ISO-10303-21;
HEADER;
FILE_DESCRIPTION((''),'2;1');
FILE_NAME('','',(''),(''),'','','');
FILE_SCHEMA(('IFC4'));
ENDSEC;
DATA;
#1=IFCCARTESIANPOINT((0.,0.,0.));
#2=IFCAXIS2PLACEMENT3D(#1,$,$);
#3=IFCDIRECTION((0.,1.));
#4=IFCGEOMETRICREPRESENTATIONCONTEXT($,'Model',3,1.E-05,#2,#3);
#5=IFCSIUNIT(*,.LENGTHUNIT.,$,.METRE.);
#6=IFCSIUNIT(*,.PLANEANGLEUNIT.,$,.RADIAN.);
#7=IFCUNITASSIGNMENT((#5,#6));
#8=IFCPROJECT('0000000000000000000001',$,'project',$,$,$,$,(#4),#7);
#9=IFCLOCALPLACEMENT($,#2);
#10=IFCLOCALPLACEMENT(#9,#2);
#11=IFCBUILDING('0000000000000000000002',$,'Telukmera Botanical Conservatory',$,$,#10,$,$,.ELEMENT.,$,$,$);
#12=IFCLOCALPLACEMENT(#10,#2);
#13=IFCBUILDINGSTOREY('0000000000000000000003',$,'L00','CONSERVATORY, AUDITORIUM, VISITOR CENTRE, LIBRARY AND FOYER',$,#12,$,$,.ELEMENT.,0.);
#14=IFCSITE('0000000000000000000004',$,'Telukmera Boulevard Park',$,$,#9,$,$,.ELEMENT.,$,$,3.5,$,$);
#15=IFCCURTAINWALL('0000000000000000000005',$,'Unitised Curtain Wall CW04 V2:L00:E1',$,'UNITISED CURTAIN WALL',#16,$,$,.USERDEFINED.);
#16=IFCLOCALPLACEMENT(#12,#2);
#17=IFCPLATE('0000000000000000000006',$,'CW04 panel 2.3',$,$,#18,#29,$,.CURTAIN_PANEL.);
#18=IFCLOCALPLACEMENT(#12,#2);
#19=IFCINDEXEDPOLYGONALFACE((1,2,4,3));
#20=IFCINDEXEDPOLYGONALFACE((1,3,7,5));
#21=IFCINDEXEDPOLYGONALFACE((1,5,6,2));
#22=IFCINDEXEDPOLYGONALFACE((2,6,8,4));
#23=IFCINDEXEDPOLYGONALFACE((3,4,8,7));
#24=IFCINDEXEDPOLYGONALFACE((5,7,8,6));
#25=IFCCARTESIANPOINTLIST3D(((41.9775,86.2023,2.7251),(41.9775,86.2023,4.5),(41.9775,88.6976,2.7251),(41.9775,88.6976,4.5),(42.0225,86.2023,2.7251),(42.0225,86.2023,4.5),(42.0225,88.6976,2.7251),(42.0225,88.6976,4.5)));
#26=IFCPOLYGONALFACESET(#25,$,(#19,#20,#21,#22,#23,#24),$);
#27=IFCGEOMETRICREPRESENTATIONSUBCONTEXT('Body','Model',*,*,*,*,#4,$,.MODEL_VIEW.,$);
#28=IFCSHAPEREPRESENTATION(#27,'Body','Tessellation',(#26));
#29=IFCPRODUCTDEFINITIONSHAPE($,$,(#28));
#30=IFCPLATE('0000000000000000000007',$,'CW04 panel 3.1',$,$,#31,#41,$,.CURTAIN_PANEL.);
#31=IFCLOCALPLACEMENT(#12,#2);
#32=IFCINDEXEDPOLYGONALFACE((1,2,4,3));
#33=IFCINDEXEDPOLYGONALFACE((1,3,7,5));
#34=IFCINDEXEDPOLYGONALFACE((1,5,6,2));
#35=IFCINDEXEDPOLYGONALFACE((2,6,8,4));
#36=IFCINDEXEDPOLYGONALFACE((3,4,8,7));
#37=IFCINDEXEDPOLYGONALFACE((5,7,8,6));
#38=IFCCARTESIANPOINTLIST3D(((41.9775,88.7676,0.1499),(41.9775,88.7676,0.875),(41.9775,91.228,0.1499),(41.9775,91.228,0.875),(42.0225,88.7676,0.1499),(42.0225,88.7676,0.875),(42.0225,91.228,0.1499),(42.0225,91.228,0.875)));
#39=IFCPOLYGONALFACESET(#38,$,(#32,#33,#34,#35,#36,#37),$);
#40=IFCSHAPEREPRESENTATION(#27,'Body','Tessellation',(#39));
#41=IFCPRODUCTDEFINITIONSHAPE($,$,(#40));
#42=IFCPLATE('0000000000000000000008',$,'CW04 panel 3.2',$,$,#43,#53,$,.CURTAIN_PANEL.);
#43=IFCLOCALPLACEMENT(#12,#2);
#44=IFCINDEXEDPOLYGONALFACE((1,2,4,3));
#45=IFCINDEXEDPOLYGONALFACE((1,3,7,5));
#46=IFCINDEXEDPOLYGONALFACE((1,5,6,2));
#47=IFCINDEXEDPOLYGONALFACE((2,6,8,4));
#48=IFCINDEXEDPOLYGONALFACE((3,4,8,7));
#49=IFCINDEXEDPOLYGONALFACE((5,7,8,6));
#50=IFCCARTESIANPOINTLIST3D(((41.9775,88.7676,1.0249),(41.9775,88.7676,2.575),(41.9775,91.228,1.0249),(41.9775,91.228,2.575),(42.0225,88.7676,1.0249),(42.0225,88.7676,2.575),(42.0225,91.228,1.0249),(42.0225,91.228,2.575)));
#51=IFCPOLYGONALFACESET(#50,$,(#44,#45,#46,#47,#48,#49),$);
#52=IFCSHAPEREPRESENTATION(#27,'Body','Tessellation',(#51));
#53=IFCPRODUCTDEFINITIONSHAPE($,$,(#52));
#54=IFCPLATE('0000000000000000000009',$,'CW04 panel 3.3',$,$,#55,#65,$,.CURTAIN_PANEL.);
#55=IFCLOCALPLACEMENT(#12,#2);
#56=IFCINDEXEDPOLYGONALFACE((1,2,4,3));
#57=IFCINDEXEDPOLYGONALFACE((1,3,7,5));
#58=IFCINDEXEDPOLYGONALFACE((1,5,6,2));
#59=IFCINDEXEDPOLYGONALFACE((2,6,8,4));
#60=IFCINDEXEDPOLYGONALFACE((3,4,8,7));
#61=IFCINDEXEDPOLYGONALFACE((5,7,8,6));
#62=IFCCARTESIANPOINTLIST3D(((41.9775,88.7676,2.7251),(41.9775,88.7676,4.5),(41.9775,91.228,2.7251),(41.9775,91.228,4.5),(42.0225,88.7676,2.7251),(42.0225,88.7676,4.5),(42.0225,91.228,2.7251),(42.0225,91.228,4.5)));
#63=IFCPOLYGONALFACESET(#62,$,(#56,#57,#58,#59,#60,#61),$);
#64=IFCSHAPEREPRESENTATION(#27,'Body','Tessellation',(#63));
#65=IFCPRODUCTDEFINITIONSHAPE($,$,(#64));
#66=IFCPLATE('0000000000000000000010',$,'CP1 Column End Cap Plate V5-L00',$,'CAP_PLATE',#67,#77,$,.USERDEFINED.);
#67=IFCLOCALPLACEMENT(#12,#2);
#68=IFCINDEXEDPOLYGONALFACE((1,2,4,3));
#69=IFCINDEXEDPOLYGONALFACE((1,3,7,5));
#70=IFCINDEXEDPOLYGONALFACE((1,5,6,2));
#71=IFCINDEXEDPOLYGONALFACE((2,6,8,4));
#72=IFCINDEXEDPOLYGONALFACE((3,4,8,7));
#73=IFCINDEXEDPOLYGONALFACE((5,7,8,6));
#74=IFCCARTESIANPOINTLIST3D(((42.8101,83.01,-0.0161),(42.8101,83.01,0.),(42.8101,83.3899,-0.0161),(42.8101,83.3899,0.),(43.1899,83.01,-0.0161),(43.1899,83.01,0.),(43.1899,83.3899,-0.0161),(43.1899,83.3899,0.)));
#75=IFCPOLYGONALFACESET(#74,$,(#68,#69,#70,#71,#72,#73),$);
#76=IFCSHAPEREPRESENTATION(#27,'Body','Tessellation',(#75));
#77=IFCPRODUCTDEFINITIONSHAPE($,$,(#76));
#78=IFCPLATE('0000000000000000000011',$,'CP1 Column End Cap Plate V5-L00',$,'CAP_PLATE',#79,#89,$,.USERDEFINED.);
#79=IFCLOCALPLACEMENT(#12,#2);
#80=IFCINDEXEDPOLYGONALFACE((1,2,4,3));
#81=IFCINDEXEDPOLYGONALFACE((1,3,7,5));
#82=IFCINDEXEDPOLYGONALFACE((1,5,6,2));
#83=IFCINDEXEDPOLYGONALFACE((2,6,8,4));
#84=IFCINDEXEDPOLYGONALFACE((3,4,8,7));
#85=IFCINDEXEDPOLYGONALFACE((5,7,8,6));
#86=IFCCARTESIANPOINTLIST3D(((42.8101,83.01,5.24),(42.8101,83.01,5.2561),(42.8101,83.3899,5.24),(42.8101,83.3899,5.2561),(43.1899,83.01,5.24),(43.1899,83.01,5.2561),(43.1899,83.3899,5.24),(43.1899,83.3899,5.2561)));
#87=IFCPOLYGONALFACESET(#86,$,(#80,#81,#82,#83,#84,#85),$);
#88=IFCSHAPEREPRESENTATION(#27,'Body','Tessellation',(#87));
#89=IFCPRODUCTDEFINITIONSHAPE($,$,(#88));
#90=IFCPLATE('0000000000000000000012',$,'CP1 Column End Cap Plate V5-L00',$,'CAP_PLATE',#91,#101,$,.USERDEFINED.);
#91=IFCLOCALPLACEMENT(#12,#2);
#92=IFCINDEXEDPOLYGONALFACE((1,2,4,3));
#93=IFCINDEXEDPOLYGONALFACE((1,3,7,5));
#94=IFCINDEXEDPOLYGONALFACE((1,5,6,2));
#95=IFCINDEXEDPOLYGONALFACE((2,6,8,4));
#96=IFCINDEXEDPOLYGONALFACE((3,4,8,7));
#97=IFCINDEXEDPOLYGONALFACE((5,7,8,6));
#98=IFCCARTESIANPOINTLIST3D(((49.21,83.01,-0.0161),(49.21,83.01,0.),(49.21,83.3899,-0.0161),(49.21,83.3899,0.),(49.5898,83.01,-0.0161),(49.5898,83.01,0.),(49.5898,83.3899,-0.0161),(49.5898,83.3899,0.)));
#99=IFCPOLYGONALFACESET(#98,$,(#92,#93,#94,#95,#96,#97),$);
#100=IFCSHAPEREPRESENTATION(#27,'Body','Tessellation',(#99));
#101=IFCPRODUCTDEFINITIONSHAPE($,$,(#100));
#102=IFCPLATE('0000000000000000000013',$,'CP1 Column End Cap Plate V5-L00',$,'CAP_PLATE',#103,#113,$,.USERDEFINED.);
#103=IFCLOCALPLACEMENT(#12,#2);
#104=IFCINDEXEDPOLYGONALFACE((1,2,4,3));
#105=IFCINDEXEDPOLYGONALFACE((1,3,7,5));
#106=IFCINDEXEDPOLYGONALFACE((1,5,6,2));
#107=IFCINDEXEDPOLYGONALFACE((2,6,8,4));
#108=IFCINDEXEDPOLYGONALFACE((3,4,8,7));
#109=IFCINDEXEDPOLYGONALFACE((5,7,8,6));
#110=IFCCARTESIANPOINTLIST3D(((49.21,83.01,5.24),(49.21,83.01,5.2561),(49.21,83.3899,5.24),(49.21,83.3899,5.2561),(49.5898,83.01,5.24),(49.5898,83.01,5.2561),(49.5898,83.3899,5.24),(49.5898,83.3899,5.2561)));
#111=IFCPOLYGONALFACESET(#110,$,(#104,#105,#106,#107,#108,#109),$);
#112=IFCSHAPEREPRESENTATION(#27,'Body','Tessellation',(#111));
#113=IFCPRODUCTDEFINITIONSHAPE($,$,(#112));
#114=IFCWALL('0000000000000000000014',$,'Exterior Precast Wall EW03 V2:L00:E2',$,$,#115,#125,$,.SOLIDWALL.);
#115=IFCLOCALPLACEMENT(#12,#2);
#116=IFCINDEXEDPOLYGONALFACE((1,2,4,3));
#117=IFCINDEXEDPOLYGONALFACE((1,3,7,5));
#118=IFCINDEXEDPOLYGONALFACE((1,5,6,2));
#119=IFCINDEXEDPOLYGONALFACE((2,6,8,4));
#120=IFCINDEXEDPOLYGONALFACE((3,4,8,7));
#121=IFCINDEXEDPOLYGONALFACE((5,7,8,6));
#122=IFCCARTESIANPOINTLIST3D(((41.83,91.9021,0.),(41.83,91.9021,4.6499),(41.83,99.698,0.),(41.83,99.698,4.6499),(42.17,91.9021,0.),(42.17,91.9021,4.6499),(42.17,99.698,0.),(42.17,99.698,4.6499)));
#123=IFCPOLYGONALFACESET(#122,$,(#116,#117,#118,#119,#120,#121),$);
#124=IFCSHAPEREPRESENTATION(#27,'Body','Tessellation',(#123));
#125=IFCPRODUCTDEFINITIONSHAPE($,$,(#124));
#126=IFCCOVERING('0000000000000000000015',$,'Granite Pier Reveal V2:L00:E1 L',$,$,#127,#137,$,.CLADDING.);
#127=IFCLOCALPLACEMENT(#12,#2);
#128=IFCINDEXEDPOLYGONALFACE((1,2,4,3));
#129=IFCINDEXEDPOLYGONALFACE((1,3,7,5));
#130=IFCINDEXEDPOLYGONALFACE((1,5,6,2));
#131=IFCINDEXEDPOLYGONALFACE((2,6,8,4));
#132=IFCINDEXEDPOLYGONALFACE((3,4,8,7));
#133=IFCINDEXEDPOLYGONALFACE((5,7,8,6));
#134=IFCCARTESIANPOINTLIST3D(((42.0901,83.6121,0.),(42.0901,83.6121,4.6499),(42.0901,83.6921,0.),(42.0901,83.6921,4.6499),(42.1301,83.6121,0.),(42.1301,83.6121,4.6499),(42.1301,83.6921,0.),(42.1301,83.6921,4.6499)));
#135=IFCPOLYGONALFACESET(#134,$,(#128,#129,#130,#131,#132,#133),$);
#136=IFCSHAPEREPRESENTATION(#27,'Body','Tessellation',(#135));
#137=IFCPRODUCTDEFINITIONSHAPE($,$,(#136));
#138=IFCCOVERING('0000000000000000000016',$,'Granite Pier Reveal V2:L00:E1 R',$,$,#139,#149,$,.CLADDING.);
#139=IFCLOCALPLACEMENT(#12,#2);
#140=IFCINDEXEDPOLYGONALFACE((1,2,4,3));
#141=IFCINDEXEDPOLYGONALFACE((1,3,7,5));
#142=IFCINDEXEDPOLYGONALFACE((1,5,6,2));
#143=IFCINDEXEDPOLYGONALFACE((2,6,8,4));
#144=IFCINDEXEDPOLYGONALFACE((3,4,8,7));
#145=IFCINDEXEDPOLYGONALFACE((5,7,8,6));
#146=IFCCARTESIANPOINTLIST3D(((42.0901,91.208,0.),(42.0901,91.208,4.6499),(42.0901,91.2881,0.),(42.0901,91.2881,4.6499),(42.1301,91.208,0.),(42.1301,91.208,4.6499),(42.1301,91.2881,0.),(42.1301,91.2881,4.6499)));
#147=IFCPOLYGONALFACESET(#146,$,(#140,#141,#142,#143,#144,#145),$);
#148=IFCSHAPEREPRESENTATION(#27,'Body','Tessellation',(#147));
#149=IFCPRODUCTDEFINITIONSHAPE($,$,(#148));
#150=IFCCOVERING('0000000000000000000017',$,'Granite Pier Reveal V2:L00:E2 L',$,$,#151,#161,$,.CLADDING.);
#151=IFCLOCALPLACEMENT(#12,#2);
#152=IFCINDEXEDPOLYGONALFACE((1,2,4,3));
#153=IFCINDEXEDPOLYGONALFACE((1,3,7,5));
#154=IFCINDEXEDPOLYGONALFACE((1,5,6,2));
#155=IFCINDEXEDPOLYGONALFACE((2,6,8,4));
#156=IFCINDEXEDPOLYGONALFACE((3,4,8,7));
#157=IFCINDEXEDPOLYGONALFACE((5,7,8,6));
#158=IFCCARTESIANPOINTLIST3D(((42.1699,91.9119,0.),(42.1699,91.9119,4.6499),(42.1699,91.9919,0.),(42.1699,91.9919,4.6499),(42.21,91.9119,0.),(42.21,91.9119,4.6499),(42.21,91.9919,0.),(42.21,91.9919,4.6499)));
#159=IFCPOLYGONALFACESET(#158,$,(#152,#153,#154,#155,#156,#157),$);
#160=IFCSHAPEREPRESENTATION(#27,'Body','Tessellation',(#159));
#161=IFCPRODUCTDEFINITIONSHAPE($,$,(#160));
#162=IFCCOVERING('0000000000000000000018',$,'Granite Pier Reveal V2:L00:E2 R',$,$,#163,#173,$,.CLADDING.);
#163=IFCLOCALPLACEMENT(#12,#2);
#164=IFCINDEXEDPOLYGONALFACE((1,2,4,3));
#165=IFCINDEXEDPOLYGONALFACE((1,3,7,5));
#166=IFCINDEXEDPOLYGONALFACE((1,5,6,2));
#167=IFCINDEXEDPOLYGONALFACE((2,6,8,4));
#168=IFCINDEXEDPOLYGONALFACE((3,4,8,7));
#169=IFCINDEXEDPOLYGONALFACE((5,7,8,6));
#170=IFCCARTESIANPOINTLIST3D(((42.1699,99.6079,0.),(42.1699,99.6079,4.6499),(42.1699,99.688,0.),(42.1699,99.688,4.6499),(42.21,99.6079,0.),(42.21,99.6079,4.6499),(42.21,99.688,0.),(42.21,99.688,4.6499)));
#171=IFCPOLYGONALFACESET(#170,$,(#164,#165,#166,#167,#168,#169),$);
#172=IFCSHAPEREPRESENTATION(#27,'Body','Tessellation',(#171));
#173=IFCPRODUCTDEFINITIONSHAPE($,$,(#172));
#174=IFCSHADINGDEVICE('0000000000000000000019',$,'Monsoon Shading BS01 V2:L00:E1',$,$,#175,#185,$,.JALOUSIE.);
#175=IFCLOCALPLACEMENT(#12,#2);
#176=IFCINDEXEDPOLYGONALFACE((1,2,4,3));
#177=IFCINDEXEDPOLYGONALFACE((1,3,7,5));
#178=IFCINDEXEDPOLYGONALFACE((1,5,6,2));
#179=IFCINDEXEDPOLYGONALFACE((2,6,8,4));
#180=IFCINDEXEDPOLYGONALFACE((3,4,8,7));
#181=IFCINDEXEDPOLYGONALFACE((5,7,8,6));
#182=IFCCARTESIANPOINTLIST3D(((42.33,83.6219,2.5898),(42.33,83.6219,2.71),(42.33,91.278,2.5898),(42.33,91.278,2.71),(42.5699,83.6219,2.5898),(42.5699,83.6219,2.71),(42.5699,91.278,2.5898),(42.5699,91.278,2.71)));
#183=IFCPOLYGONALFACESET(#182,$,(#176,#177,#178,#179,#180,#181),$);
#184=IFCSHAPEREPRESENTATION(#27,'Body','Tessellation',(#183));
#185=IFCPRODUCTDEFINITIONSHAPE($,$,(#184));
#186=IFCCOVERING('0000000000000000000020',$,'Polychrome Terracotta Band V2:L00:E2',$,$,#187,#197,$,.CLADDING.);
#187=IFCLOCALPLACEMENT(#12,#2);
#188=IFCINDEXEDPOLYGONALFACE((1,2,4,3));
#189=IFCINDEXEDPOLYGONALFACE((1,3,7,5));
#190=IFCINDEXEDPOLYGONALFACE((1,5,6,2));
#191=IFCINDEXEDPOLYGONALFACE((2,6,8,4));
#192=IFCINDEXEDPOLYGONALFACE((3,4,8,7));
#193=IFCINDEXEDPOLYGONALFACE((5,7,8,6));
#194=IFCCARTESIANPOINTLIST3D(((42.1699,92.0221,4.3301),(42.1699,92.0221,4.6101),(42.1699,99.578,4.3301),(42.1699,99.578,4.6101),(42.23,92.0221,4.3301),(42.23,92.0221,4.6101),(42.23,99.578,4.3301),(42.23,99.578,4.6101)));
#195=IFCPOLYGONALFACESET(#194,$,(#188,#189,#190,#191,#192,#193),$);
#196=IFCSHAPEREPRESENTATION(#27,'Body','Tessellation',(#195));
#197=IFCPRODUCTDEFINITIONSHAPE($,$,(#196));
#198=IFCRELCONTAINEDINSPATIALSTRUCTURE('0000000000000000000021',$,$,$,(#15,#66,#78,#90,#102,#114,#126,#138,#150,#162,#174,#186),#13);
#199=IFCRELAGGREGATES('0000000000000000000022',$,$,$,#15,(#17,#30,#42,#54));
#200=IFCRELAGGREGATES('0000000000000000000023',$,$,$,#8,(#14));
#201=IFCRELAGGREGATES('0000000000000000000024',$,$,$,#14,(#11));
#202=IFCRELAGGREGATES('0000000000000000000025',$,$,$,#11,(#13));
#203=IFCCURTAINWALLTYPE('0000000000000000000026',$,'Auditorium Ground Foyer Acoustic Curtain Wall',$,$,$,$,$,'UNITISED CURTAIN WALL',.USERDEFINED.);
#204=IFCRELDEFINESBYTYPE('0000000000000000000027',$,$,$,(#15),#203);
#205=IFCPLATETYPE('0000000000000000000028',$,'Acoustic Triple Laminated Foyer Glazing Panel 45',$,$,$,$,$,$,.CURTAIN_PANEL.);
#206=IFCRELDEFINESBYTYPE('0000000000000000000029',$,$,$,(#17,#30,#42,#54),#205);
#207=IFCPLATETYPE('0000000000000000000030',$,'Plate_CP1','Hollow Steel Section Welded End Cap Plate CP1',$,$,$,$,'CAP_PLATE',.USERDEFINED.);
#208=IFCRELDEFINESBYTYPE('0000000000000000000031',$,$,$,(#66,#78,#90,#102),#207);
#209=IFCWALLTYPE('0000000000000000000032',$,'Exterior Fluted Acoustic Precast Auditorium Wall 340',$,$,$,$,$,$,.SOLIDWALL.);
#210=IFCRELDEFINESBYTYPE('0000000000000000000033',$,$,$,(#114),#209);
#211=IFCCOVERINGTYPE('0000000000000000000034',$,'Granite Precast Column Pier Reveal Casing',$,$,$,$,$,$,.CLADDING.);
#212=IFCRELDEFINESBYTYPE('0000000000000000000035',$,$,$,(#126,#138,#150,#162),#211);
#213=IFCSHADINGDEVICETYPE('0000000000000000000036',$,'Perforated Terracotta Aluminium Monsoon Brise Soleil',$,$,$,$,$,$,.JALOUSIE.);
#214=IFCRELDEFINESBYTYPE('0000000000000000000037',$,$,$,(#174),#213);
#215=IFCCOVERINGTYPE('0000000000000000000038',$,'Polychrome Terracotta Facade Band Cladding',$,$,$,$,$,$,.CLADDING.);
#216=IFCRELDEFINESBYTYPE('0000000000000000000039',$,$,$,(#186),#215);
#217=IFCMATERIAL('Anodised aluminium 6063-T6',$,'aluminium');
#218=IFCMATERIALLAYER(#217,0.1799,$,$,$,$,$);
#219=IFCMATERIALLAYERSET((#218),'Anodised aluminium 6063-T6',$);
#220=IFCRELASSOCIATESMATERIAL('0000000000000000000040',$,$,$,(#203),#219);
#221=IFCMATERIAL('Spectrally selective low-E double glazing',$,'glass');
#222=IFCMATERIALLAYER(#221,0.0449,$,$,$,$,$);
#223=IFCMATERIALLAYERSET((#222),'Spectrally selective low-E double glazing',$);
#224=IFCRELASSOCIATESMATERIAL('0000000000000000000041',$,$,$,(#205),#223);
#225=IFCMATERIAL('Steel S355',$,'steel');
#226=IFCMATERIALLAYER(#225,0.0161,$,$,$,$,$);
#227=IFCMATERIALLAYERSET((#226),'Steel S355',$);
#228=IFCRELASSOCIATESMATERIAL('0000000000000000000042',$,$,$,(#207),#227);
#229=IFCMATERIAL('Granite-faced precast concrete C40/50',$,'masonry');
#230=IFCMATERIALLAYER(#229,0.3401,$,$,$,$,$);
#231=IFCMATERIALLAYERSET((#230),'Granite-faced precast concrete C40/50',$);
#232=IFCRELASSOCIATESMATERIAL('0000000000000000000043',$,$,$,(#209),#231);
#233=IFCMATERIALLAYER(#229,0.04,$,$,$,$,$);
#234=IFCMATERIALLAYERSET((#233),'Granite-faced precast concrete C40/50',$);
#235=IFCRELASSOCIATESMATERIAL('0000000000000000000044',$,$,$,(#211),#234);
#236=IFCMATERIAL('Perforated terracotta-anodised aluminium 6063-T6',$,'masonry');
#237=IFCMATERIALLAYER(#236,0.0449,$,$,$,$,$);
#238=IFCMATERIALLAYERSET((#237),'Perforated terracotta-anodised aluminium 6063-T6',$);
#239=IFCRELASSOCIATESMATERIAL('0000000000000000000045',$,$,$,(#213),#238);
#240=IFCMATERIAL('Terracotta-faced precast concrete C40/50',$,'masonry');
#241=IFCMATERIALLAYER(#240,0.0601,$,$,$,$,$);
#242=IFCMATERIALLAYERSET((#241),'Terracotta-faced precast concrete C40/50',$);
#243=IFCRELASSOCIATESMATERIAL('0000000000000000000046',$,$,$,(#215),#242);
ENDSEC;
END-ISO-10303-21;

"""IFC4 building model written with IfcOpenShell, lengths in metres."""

from ifc_helpers import new_model, si_unit, direction, frame, frame_2d, origin, origin_2d, place, context, subcontext, project, spatial, rectangle, extrude, material, layer, layer_set, type_object, element, aggregate, save


model = new_model("IFC4")

# Units and contexts
model_context = context("Model", 3, precision=1e-05, world=origin(), true_north=direction((0.0, 1.0)))
body_context = subcontext(model_context, "Body", "Model", "MODEL_VIEW")
ifc_project = project(units=[si_unit("LENGTHUNIT", "METRE"), si_unit("PLANEANGLEUNIT", "RADIAN")], contexts=[model_context])

# Site, building, storey
site_placement = place(None, origin())
site = spatial("IfcSite", under=ifc_project, at=site_placement, Name="Telukmera Boulevard Park", CompositionType="ELEMENT", RefElevation=3.5)
building_placement = place(site_placement, origin())
building = spatial("IfcBuilding", under=site, at=building_placement, Name="Telukmera Botanical Conservatory", CompositionType="ELEMENT")
storey_placement = place(building_placement, origin())
storey = spatial("IfcBuildingStorey", under=building, at=storey_placement, Name="L00", Description="CONSERVATORY, AUDITORIUM, VISITOR CENTRE, LIBRARY AND FOYER", CompositionType="ELEMENT", Elevation=0.0)

# Shared definitions
ifc_material_1 = material(Name="Steel S355", Category="steel")

# Curtain wall, plates
ifc_material_2 = material(Name="Anodised aluminium 6063-T6", Category="aluminium")
ifc_layer_1 = layer(ifc_material_2, 0.1799)
ifc_layer_set_1 = layer_set([ifc_layer_1], Name="Anodised aluminium 6063-T6")
curtain_wall_type = type_object("IfcCurtainWallType", Name="Auditorium Ground Foyer Acoustic Curtain Wall", ElementType="UNITISED CURTAIN WALL", PredefinedType="USERDEFINED", material=ifc_layer_set_1)
curtain_wall_placement = place(storey_placement, origin())
curtain_wall = element("IfcCurtainWall", 1, at=curtain_wall_placement, inside=storey, type_object=curtain_wall_type, Name="Unitised Curtain Wall CW04 V2:L00:E1", ObjectType="UNITISED CURTAIN WALL", PredefinedType="USERDEFINED")
ifc_material_3 = material(Name="Spectrally selective low-E double glazing", Category="glass")
ifc_layer_2 = layer(ifc_material_3, 0.0449)
ifc_layer_set_2 = layer_set([ifc_layer_2], Name="Spectrally selective low-E double glazing")
plate_type_1 = type_object("IfcPlateType", Name="Acoustic Triple Laminated Foyer Glazing Panel 45", PredefinedType="CURTAIN_PANEL", material=ifc_layer_set_2)
plate_1_placement = place(storey_placement, frame((42.0, 87.45, 2.7251), z_axis=(0.0, 0.0, 1.0), x_axis=(0.0, 1.0, 0.0)))
plate_1 = element("IfcPlate", 2, at=plate_1_placement, type_object=plate_type_1, Name="CW04 panel 2.3", PredefinedType="CURTAIN_PANEL", context=body_context, shape_type="SweptSolid", body=[
    extrude(rectangle(XDim=2.4954, YDim=0.0449, at=origin_2d()), origin(), (0.0, 0.0, 1.0), 1.7749),
])
plate_2_placement = place(storey_placement, frame((42.0, 89.9978, 0.1499), z_axis=(0.0, 0.0, 1.0), x_axis=(0.0, 1.0, 0.0)))
plate_2 = element("IfcPlate", 3, at=plate_2_placement, type_object=plate_type_1, Name="CW04 panel 3.1", PredefinedType="CURTAIN_PANEL", context=body_context, shape_type="SweptSolid", body=[
    extrude(rectangle(XDim=2.4604, YDim=0.0449, at=origin_2d()), origin(), (0.0, 0.0, 1.0), 0.7251),
])
plate_3_placement = place(storey_placement, frame((42.0, 89.9978, 1.0249), z_axis=(0.0, 0.0, 1.0), x_axis=(0.0, 1.0, 0.0)))
plate_3 = element("IfcPlate", 4, at=plate_3_placement, type_object=plate_type_1, Name="CW04 panel 3.2", PredefinedType="CURTAIN_PANEL", context=body_context, shape_type="SweptSolid", body=[
    extrude(rectangle(XDim=2.4604, YDim=0.0449, at=origin_2d()), origin(), (0.0, 0.0, 1.0), 1.55),
])
plate_4_placement = place(storey_placement, frame((42.0, 89.9978, 2.7251), z_axis=(0.0, 0.0, 1.0), x_axis=(0.0, 1.0, 0.0)))
plate_4 = element("IfcPlate", 5, at=plate_4_placement, type_object=plate_type_1, Name="CW04 panel 3.3", PredefinedType="CURTAIN_PANEL", context=body_context, shape_type="SweptSolid", body=[
    extrude(rectangle(XDim=2.4604, YDim=0.0449, at=origin_2d()), origin(), (0.0, 0.0, 1.0), 1.7749),
])
aggregate(curtain_wall, [plate_1, plate_2, plate_3, plate_4])

# Plates
ifc_layer_3 = layer(ifc_material_1, 0.0161)
ifc_layer_set_3 = layer_set([ifc_layer_3], Name="Steel S355")
plate_type_2 = type_object("IfcPlateType", Name="Plate_CP1", Description="Hollow Steel Section Welded End Cap Plate CP1", ElementType="CAP_PLATE", PredefinedType="USERDEFINED", material=ifc_layer_set_3)
for number, where, z_axis, x_axis, name in (
    (6, (43.0, 83.2, -0.0161), (0.0, 0.0, 1.0), (1.0, 0.0, 0.0), "CP1 Column End Cap Plate V5-L00"),
    (7, (43.0, 83.2, 5.24), (0.0, 0.0, 1.0), (1.0, 0.0, 0.0), "CP1 Column End Cap Plate V5-L00"),
    (8, (49.3999, 83.2, -0.0161), (0.0, 0.0, 1.0), (1.0, 0.0, 0.0), "CP1 Column End Cap Plate V5-L00"),
    (9, (49.3999, 83.2, 5.24), (0.0, 0.0, 1.0), (1.0, 0.0, 0.0), "CP1 Column End Cap Plate V5-L00"),
):
    element("IfcPlate", number, at=place(storey_placement, frame(where, z_axis=z_axis, x_axis=x_axis)), inside=storey, type_object=plate_type_2, Name=name, ObjectType="CAP_PLATE", PredefinedType="USERDEFINED", context=body_context, shape_type="SweptSolid", body=[
        extrude(rectangle(XDim=0.3799, YDim=0.3799, at=origin_2d()), origin(), (0.0, 0.0, 1.0), 0.0161),
    ])

# Wall
ifc_material_4 = material(Name="Granite-faced precast concrete C40/50", Category="masonry")
ifc_layer_4 = layer(ifc_material_4, 0.3401)
ifc_layer_set_4 = layer_set([ifc_layer_4], Name="Granite-faced precast concrete C40/50")
wall_type = type_object("IfcWallType", Name="Exterior Fluted Acoustic Precast Auditorium Wall 340", PredefinedType="SOLIDWALL", material=ifc_layer_set_4)
wall_placement = place(storey_placement, frame((42.0, 91.9021, 0.0), z_axis=(0.0, 0.0, 1.0), x_axis=(0.0, 1.0, 0.0)))
element("IfcWall", 10, at=wall_placement, inside=storey, type_object=wall_type, Name="Exterior Precast Wall EW03 V2:L00:E2", PredefinedType="SOLIDWALL", context=body_context, shape_type="SweptSolid", body=[
    extrude(rectangle(XDim=7.7959, YDim=0.3401, at=frame_2d((3.8979, 0.0))), origin(), (0.0, 0.0, 1.0), 4.6499),
])

# Coverings
ifc_layer_5 = layer(ifc_material_4, 0.04)
ifc_layer_set_5 = layer_set([ifc_layer_5], Name="Granite-faced precast concrete C40/50")
covering_type_1 = type_object("IfcCoveringType", Name="Granite Precast Column Pier Reveal Casing", PredefinedType="CLADDING", material=ifc_layer_set_5)
for number, where, z_axis, x_axis, name in (
    (11, (42.1101, 83.6521, 0.0), (0.0, 0.0, 1.0), (0.0, 1.0, 0.0), "Granite Pier Reveal V2:L00:E1 L"),
    (12, (42.1101, 91.248, 0.0), (0.0, 0.0, 1.0), (0.0, 1.0, 0.0), "Granite Pier Reveal V2:L00:E1 R"),
    (13, (42.1899, 91.9519, 0.0), (0.0, 0.0, 1.0), (0.0, 1.0, 0.0), "Granite Pier Reveal V2:L00:E2 L"),
    (14, (42.1899, 99.6479, 0.0), (0.0, 0.0, 1.0), (0.0, 1.0, 0.0), "Granite Pier Reveal V2:L00:E2 R"),
):
    element("IfcCovering", number, at=place(storey_placement, frame(where, z_axis=z_axis, x_axis=x_axis)), inside=storey, type_object=covering_type_1, Name=name, PredefinedType="CLADDING", context=body_context, shape_type="SweptSolid", body=[
        extrude(rectangle(XDim=0.0801, YDim=0.04, at=origin_2d()), origin(), (0.0, 0.0, 1.0), 4.6499),
    ])

# Shading device
ifc_material_5 = material(Name="Perforated terracotta-anodised aluminium 6063-T6", Category="masonry")
ifc_layer_6 = layer(ifc_material_5, 0.0449)
ifc_layer_set_6 = layer_set([ifc_layer_6], Name="Perforated terracotta-anodised aluminium 6063-T6")
shading_device_type = type_object("IfcShadingDeviceType", Name="Perforated Terracotta Aluminium Monsoon Brise Soleil", PredefinedType="JALOUSIE", material=ifc_layer_set_6)
shading_device_placement = place(storey_placement, frame((42.45, 87.45, 2.5898), z_axis=(0.0, 0.0, 1.0), x_axis=(0.0, 1.0, 0.0)))
element("IfcShadingDevice", 15, at=shading_device_placement, inside=storey, type_object=shading_device_type, Name="Monsoon Shading BS01 V2:L00:E1", PredefinedType="JALOUSIE", context=body_context, shape_type="SweptSolid", body=[
    extrude(rectangle(XDim=7.656, YDim=0.24, at=origin_2d()), origin(), (0.0, 0.0, 1.0), 0.1201),
])

# Covering
ifc_material_6 = material(Name="Terracotta-faced precast concrete C40/50", Category="masonry")
ifc_layer_7 = layer(ifc_material_6, 0.0601)
ifc_layer_set_7 = layer_set([ifc_layer_7], Name="Terracotta-faced precast concrete C40/50")
covering_type_2 = type_object("IfcCoveringType", Name="Polychrome Terracotta Facade Band Cladding", PredefinedType="CLADDING", material=ifc_layer_set_7)
covering_placement = place(storey_placement, frame((42.2, 95.8, 4.3301), z_axis=(0.0, 0.0, 1.0), x_axis=(0.0, 1.0, 0.0)))
element("IfcCovering", 16, at=covering_placement, inside=storey, type_object=covering_type_2, Name="Polychrome Terracotta Band V2:L00:E2", PredefinedType="CLADDING", context=body_context, shape_type="SweptSolid", body=[
    extrude(rectangle(XDim=7.5559, YDim=0.0601, at=origin_2d()), origin(), (0.0, 0.0, 1.0), 0.28),
])

save(model, "model.ifc")
